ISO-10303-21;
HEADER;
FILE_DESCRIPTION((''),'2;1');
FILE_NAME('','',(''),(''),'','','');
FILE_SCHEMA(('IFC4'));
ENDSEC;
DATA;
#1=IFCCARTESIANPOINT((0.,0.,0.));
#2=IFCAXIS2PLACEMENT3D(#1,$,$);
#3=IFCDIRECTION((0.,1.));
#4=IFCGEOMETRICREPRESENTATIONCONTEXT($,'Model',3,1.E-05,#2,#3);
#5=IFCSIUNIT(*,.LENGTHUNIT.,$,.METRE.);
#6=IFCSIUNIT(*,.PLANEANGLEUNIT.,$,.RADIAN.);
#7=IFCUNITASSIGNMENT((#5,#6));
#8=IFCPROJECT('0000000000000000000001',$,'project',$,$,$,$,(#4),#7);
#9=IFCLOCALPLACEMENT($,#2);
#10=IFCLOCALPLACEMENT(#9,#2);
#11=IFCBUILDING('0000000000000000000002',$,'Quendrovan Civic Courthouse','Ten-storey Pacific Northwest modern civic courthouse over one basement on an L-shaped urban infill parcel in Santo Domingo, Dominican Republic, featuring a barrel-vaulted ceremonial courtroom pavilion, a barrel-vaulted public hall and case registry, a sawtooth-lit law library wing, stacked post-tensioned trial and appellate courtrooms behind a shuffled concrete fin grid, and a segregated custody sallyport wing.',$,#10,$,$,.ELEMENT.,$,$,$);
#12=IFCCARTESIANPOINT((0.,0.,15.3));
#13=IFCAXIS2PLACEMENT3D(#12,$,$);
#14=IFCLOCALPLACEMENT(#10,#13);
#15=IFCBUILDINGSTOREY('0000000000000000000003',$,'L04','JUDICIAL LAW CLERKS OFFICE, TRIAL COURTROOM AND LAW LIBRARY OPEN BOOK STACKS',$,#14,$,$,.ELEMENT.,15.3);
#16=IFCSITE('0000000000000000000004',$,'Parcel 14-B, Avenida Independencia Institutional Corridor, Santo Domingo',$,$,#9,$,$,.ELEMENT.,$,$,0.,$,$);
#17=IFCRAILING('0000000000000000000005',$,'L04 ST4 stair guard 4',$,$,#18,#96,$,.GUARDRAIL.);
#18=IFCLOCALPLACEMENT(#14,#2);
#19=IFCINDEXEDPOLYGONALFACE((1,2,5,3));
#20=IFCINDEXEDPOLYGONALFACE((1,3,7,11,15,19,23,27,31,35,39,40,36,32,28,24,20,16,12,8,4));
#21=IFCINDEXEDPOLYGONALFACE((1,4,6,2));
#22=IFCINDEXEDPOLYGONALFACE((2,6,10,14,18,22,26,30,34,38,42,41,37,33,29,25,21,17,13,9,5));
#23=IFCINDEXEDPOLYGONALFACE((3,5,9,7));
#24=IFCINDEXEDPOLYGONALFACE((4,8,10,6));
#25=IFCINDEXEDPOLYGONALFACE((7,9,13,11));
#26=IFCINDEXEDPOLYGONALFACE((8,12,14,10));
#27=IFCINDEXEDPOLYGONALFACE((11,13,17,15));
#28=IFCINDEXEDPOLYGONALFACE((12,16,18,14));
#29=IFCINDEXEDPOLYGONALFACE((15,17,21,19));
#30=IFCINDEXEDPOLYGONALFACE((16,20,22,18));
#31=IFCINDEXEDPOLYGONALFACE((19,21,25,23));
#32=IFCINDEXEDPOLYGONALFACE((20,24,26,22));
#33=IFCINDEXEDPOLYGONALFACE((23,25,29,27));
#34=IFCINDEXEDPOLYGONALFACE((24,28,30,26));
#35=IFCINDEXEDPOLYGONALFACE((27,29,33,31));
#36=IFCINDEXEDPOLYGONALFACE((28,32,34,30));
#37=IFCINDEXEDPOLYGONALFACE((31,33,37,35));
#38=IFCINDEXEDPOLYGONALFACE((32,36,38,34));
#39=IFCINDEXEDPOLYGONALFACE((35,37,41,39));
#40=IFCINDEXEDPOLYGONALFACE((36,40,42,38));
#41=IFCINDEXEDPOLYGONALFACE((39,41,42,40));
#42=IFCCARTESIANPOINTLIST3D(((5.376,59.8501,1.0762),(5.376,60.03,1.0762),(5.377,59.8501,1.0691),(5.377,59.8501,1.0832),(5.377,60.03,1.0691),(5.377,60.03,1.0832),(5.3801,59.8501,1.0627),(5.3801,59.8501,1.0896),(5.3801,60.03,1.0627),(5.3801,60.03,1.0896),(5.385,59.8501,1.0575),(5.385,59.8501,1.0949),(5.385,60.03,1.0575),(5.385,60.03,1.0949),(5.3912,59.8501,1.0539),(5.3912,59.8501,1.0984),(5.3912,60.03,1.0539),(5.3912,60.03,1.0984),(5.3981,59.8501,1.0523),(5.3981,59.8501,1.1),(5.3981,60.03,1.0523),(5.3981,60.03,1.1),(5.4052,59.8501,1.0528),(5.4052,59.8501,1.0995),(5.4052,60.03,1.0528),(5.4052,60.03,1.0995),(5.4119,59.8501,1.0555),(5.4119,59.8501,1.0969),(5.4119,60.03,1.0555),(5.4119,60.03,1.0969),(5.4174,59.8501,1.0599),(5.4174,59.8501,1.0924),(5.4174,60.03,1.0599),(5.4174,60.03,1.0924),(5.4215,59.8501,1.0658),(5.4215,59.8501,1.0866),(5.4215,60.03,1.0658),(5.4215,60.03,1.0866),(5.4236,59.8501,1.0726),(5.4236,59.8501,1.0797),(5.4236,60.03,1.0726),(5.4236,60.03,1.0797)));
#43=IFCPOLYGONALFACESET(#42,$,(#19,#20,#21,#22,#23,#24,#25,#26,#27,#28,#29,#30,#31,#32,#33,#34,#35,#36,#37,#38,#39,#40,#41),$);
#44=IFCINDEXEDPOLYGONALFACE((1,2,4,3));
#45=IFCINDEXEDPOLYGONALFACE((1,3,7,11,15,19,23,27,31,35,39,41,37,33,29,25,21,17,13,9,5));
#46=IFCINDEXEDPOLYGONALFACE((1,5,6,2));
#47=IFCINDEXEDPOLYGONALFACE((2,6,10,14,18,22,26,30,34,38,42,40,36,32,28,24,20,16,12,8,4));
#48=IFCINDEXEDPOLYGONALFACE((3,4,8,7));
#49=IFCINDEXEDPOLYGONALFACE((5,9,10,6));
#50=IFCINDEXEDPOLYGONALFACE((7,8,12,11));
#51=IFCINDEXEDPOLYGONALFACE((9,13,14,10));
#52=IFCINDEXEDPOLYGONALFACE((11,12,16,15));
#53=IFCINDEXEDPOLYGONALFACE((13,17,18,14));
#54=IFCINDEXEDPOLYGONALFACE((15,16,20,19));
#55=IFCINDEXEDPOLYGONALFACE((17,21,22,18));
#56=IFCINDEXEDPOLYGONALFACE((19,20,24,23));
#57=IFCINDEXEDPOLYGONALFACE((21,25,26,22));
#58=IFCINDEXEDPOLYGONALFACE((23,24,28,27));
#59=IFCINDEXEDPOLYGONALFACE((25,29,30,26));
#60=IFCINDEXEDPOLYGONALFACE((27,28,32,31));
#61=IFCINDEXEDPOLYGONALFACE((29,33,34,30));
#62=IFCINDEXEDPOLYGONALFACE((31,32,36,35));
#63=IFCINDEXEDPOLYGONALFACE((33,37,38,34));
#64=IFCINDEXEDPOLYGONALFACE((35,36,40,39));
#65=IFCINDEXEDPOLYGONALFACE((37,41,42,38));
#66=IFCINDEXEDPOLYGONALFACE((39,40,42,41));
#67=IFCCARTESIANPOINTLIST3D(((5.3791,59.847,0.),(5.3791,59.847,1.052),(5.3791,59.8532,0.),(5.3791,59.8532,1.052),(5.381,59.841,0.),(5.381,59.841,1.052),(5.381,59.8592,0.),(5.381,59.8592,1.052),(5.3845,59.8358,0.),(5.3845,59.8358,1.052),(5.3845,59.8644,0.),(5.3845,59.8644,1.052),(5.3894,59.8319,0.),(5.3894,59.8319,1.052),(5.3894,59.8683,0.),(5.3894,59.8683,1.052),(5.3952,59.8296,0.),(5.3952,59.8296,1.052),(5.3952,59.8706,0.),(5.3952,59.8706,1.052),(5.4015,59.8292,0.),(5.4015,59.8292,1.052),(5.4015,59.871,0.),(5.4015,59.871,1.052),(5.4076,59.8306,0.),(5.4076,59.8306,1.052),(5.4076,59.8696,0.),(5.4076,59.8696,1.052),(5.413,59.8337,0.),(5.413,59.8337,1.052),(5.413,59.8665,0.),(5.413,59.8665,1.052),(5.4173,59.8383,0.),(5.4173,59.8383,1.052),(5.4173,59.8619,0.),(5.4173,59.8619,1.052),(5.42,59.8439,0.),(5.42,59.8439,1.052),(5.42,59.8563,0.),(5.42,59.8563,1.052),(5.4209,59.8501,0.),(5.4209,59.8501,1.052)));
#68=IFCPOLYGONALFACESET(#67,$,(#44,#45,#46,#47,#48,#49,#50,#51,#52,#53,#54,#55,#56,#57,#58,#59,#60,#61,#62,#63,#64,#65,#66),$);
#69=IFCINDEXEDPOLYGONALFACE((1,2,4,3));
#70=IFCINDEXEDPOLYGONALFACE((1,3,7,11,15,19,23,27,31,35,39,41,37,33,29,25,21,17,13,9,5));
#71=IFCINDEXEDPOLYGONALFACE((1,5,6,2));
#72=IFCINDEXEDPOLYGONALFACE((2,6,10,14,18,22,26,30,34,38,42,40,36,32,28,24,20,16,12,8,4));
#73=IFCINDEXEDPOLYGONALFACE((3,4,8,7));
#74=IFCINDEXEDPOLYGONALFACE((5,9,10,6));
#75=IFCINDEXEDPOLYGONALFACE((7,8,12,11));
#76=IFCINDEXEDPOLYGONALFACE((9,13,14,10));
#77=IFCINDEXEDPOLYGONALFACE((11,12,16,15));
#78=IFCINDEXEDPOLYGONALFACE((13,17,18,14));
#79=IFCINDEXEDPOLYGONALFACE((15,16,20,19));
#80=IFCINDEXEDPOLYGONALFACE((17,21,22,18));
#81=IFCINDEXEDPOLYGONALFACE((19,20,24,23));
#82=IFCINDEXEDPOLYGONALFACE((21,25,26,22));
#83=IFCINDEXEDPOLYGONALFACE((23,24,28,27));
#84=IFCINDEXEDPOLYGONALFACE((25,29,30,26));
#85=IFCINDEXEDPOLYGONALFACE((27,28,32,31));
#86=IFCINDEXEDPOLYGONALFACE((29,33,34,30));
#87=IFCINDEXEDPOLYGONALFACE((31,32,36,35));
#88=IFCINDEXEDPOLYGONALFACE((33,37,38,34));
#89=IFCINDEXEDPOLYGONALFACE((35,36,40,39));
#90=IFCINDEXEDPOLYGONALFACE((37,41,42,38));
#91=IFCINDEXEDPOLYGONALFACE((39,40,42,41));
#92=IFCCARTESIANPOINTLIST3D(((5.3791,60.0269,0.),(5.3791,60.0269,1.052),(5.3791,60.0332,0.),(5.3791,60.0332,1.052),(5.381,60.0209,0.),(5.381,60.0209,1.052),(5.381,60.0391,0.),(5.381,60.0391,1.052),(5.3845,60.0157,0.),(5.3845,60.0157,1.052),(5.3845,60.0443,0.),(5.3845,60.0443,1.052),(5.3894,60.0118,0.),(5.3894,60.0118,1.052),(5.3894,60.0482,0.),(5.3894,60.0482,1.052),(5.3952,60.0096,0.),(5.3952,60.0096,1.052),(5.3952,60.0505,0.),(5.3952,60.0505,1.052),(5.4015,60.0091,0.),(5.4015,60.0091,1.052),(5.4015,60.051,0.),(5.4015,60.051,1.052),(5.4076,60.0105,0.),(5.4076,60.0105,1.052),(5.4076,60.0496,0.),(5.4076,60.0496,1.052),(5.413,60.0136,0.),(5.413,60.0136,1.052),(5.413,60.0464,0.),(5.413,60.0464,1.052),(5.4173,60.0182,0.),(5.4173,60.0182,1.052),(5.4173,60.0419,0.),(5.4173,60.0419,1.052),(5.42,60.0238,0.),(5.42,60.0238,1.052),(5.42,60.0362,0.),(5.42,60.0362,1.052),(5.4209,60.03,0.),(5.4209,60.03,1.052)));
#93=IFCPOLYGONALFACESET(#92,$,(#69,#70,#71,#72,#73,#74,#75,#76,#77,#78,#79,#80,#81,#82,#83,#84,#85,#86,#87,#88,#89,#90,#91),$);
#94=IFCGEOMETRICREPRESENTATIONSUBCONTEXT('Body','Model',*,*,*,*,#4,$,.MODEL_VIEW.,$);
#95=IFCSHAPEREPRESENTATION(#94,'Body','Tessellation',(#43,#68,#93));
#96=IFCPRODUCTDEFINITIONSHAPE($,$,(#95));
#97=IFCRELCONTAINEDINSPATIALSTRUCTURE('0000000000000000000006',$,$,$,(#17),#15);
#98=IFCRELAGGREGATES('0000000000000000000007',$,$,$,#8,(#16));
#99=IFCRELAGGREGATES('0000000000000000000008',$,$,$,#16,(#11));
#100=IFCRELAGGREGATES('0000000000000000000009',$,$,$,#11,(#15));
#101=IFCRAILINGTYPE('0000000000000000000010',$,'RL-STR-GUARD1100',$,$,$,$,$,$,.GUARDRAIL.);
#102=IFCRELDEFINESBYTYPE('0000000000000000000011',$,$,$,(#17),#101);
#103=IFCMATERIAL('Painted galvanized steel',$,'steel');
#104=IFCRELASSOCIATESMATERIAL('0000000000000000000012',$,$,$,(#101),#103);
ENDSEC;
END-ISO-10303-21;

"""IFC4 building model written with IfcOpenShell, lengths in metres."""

from ifc_helpers import new_model, si_unit, direction, frame, origin, origin_2d, place, context, subcontext, project, spatial, circle, extrude, material, type_object, element, save


model = new_model("IFC4")

# Units and contexts
model_context = context("Model", 3, precision=1e-05, world=origin(), true_north=direction((0.0, 1.0)))
body_context = subcontext(model_context, "Body", "Model", "MODEL_VIEW")
ifc_project = project(units=[si_unit("LENGTHUNIT", "METRE"), si_unit("PLANEANGLEUNIT", "RADIAN")], contexts=[model_context])

# Site, building, storey
site_placement = place(None, origin())
site = spatial("IfcSite", under=ifc_project, at=site_placement, Name="Parcel 14-B, Avenida Independencia Institutional Corridor, Santo Domingo", CompositionType="ELEMENT", RefElevation=0.0)
building_placement = place(site_placement, origin())
building = spatial("IfcBuilding", under=site, at=building_placement, Name="Quendrovan Civic Courthouse", Description="Ten-storey Pacific Northwest modern civic courthouse over one basement on an L-shaped urban infill parcel in Santo Domingo, Dominican Republic, featuring a barrel-vaulted ceremonial courtroom pavilion, a barrel-vaulted public hall and case registry, a sawtooth-lit law library wing, stacked post-tensioned trial and appellate courtrooms behind a shuffled concrete fin grid, and a segregated custody sallyport wing.", CompositionType="ELEMENT")
storey_placement = place(building_placement, frame((0.0, 0.0, 15.3)))
storey = spatial("IfcBuildingStorey", under=building, at=storey_placement, Name="L04", Description="JUDICIAL LAW CLERKS OFFICE, TRIAL COURTROOM AND LAW LIBRARY OPEN BOOK STACKS", CompositionType="ELEMENT", Elevation=15.3)

# Railing
ifc_material_1 = material(Name="Painted galvanized steel", Category="steel")
railing_type_1 = type_object("IfcRailingType", Name="RL-STR-GUARD1100", PredefinedType="GUARDRAIL", material=ifc_material_1)
railing_1_placement = place(storey_placement, frame((5.3999, 59.8501, 0.0)))
element("IfcRailing", 1, at=railing_1_placement, inside=storey, type_object=railing_type_1, Name="L04 ST4 stair guard 4", PredefinedType="GUARDRAIL", context=body_context, shape_type="SweptSolid", body=[
    extrude(circle(Radius=0.0239, at=origin_2d()), frame((0.0, 0.0, 1.0762), z_axis=(0.0, 1.0, 0.0), x_axis=(-1.0, 0.0, 0.0)), (0.0, 0.0, 1.0), 0.1799),
    extrude(circle(Radius=0.021, at=origin_2d()), origin(), (0.0, 0.0, 1.0), 1.052),
    extrude(circle(Radius=0.021, at=origin_2d()), frame((0.0, 0.1799, 0.0)), (0.0, 0.0, 1.0), 1.052),
])

save(model, "model.ifc")
